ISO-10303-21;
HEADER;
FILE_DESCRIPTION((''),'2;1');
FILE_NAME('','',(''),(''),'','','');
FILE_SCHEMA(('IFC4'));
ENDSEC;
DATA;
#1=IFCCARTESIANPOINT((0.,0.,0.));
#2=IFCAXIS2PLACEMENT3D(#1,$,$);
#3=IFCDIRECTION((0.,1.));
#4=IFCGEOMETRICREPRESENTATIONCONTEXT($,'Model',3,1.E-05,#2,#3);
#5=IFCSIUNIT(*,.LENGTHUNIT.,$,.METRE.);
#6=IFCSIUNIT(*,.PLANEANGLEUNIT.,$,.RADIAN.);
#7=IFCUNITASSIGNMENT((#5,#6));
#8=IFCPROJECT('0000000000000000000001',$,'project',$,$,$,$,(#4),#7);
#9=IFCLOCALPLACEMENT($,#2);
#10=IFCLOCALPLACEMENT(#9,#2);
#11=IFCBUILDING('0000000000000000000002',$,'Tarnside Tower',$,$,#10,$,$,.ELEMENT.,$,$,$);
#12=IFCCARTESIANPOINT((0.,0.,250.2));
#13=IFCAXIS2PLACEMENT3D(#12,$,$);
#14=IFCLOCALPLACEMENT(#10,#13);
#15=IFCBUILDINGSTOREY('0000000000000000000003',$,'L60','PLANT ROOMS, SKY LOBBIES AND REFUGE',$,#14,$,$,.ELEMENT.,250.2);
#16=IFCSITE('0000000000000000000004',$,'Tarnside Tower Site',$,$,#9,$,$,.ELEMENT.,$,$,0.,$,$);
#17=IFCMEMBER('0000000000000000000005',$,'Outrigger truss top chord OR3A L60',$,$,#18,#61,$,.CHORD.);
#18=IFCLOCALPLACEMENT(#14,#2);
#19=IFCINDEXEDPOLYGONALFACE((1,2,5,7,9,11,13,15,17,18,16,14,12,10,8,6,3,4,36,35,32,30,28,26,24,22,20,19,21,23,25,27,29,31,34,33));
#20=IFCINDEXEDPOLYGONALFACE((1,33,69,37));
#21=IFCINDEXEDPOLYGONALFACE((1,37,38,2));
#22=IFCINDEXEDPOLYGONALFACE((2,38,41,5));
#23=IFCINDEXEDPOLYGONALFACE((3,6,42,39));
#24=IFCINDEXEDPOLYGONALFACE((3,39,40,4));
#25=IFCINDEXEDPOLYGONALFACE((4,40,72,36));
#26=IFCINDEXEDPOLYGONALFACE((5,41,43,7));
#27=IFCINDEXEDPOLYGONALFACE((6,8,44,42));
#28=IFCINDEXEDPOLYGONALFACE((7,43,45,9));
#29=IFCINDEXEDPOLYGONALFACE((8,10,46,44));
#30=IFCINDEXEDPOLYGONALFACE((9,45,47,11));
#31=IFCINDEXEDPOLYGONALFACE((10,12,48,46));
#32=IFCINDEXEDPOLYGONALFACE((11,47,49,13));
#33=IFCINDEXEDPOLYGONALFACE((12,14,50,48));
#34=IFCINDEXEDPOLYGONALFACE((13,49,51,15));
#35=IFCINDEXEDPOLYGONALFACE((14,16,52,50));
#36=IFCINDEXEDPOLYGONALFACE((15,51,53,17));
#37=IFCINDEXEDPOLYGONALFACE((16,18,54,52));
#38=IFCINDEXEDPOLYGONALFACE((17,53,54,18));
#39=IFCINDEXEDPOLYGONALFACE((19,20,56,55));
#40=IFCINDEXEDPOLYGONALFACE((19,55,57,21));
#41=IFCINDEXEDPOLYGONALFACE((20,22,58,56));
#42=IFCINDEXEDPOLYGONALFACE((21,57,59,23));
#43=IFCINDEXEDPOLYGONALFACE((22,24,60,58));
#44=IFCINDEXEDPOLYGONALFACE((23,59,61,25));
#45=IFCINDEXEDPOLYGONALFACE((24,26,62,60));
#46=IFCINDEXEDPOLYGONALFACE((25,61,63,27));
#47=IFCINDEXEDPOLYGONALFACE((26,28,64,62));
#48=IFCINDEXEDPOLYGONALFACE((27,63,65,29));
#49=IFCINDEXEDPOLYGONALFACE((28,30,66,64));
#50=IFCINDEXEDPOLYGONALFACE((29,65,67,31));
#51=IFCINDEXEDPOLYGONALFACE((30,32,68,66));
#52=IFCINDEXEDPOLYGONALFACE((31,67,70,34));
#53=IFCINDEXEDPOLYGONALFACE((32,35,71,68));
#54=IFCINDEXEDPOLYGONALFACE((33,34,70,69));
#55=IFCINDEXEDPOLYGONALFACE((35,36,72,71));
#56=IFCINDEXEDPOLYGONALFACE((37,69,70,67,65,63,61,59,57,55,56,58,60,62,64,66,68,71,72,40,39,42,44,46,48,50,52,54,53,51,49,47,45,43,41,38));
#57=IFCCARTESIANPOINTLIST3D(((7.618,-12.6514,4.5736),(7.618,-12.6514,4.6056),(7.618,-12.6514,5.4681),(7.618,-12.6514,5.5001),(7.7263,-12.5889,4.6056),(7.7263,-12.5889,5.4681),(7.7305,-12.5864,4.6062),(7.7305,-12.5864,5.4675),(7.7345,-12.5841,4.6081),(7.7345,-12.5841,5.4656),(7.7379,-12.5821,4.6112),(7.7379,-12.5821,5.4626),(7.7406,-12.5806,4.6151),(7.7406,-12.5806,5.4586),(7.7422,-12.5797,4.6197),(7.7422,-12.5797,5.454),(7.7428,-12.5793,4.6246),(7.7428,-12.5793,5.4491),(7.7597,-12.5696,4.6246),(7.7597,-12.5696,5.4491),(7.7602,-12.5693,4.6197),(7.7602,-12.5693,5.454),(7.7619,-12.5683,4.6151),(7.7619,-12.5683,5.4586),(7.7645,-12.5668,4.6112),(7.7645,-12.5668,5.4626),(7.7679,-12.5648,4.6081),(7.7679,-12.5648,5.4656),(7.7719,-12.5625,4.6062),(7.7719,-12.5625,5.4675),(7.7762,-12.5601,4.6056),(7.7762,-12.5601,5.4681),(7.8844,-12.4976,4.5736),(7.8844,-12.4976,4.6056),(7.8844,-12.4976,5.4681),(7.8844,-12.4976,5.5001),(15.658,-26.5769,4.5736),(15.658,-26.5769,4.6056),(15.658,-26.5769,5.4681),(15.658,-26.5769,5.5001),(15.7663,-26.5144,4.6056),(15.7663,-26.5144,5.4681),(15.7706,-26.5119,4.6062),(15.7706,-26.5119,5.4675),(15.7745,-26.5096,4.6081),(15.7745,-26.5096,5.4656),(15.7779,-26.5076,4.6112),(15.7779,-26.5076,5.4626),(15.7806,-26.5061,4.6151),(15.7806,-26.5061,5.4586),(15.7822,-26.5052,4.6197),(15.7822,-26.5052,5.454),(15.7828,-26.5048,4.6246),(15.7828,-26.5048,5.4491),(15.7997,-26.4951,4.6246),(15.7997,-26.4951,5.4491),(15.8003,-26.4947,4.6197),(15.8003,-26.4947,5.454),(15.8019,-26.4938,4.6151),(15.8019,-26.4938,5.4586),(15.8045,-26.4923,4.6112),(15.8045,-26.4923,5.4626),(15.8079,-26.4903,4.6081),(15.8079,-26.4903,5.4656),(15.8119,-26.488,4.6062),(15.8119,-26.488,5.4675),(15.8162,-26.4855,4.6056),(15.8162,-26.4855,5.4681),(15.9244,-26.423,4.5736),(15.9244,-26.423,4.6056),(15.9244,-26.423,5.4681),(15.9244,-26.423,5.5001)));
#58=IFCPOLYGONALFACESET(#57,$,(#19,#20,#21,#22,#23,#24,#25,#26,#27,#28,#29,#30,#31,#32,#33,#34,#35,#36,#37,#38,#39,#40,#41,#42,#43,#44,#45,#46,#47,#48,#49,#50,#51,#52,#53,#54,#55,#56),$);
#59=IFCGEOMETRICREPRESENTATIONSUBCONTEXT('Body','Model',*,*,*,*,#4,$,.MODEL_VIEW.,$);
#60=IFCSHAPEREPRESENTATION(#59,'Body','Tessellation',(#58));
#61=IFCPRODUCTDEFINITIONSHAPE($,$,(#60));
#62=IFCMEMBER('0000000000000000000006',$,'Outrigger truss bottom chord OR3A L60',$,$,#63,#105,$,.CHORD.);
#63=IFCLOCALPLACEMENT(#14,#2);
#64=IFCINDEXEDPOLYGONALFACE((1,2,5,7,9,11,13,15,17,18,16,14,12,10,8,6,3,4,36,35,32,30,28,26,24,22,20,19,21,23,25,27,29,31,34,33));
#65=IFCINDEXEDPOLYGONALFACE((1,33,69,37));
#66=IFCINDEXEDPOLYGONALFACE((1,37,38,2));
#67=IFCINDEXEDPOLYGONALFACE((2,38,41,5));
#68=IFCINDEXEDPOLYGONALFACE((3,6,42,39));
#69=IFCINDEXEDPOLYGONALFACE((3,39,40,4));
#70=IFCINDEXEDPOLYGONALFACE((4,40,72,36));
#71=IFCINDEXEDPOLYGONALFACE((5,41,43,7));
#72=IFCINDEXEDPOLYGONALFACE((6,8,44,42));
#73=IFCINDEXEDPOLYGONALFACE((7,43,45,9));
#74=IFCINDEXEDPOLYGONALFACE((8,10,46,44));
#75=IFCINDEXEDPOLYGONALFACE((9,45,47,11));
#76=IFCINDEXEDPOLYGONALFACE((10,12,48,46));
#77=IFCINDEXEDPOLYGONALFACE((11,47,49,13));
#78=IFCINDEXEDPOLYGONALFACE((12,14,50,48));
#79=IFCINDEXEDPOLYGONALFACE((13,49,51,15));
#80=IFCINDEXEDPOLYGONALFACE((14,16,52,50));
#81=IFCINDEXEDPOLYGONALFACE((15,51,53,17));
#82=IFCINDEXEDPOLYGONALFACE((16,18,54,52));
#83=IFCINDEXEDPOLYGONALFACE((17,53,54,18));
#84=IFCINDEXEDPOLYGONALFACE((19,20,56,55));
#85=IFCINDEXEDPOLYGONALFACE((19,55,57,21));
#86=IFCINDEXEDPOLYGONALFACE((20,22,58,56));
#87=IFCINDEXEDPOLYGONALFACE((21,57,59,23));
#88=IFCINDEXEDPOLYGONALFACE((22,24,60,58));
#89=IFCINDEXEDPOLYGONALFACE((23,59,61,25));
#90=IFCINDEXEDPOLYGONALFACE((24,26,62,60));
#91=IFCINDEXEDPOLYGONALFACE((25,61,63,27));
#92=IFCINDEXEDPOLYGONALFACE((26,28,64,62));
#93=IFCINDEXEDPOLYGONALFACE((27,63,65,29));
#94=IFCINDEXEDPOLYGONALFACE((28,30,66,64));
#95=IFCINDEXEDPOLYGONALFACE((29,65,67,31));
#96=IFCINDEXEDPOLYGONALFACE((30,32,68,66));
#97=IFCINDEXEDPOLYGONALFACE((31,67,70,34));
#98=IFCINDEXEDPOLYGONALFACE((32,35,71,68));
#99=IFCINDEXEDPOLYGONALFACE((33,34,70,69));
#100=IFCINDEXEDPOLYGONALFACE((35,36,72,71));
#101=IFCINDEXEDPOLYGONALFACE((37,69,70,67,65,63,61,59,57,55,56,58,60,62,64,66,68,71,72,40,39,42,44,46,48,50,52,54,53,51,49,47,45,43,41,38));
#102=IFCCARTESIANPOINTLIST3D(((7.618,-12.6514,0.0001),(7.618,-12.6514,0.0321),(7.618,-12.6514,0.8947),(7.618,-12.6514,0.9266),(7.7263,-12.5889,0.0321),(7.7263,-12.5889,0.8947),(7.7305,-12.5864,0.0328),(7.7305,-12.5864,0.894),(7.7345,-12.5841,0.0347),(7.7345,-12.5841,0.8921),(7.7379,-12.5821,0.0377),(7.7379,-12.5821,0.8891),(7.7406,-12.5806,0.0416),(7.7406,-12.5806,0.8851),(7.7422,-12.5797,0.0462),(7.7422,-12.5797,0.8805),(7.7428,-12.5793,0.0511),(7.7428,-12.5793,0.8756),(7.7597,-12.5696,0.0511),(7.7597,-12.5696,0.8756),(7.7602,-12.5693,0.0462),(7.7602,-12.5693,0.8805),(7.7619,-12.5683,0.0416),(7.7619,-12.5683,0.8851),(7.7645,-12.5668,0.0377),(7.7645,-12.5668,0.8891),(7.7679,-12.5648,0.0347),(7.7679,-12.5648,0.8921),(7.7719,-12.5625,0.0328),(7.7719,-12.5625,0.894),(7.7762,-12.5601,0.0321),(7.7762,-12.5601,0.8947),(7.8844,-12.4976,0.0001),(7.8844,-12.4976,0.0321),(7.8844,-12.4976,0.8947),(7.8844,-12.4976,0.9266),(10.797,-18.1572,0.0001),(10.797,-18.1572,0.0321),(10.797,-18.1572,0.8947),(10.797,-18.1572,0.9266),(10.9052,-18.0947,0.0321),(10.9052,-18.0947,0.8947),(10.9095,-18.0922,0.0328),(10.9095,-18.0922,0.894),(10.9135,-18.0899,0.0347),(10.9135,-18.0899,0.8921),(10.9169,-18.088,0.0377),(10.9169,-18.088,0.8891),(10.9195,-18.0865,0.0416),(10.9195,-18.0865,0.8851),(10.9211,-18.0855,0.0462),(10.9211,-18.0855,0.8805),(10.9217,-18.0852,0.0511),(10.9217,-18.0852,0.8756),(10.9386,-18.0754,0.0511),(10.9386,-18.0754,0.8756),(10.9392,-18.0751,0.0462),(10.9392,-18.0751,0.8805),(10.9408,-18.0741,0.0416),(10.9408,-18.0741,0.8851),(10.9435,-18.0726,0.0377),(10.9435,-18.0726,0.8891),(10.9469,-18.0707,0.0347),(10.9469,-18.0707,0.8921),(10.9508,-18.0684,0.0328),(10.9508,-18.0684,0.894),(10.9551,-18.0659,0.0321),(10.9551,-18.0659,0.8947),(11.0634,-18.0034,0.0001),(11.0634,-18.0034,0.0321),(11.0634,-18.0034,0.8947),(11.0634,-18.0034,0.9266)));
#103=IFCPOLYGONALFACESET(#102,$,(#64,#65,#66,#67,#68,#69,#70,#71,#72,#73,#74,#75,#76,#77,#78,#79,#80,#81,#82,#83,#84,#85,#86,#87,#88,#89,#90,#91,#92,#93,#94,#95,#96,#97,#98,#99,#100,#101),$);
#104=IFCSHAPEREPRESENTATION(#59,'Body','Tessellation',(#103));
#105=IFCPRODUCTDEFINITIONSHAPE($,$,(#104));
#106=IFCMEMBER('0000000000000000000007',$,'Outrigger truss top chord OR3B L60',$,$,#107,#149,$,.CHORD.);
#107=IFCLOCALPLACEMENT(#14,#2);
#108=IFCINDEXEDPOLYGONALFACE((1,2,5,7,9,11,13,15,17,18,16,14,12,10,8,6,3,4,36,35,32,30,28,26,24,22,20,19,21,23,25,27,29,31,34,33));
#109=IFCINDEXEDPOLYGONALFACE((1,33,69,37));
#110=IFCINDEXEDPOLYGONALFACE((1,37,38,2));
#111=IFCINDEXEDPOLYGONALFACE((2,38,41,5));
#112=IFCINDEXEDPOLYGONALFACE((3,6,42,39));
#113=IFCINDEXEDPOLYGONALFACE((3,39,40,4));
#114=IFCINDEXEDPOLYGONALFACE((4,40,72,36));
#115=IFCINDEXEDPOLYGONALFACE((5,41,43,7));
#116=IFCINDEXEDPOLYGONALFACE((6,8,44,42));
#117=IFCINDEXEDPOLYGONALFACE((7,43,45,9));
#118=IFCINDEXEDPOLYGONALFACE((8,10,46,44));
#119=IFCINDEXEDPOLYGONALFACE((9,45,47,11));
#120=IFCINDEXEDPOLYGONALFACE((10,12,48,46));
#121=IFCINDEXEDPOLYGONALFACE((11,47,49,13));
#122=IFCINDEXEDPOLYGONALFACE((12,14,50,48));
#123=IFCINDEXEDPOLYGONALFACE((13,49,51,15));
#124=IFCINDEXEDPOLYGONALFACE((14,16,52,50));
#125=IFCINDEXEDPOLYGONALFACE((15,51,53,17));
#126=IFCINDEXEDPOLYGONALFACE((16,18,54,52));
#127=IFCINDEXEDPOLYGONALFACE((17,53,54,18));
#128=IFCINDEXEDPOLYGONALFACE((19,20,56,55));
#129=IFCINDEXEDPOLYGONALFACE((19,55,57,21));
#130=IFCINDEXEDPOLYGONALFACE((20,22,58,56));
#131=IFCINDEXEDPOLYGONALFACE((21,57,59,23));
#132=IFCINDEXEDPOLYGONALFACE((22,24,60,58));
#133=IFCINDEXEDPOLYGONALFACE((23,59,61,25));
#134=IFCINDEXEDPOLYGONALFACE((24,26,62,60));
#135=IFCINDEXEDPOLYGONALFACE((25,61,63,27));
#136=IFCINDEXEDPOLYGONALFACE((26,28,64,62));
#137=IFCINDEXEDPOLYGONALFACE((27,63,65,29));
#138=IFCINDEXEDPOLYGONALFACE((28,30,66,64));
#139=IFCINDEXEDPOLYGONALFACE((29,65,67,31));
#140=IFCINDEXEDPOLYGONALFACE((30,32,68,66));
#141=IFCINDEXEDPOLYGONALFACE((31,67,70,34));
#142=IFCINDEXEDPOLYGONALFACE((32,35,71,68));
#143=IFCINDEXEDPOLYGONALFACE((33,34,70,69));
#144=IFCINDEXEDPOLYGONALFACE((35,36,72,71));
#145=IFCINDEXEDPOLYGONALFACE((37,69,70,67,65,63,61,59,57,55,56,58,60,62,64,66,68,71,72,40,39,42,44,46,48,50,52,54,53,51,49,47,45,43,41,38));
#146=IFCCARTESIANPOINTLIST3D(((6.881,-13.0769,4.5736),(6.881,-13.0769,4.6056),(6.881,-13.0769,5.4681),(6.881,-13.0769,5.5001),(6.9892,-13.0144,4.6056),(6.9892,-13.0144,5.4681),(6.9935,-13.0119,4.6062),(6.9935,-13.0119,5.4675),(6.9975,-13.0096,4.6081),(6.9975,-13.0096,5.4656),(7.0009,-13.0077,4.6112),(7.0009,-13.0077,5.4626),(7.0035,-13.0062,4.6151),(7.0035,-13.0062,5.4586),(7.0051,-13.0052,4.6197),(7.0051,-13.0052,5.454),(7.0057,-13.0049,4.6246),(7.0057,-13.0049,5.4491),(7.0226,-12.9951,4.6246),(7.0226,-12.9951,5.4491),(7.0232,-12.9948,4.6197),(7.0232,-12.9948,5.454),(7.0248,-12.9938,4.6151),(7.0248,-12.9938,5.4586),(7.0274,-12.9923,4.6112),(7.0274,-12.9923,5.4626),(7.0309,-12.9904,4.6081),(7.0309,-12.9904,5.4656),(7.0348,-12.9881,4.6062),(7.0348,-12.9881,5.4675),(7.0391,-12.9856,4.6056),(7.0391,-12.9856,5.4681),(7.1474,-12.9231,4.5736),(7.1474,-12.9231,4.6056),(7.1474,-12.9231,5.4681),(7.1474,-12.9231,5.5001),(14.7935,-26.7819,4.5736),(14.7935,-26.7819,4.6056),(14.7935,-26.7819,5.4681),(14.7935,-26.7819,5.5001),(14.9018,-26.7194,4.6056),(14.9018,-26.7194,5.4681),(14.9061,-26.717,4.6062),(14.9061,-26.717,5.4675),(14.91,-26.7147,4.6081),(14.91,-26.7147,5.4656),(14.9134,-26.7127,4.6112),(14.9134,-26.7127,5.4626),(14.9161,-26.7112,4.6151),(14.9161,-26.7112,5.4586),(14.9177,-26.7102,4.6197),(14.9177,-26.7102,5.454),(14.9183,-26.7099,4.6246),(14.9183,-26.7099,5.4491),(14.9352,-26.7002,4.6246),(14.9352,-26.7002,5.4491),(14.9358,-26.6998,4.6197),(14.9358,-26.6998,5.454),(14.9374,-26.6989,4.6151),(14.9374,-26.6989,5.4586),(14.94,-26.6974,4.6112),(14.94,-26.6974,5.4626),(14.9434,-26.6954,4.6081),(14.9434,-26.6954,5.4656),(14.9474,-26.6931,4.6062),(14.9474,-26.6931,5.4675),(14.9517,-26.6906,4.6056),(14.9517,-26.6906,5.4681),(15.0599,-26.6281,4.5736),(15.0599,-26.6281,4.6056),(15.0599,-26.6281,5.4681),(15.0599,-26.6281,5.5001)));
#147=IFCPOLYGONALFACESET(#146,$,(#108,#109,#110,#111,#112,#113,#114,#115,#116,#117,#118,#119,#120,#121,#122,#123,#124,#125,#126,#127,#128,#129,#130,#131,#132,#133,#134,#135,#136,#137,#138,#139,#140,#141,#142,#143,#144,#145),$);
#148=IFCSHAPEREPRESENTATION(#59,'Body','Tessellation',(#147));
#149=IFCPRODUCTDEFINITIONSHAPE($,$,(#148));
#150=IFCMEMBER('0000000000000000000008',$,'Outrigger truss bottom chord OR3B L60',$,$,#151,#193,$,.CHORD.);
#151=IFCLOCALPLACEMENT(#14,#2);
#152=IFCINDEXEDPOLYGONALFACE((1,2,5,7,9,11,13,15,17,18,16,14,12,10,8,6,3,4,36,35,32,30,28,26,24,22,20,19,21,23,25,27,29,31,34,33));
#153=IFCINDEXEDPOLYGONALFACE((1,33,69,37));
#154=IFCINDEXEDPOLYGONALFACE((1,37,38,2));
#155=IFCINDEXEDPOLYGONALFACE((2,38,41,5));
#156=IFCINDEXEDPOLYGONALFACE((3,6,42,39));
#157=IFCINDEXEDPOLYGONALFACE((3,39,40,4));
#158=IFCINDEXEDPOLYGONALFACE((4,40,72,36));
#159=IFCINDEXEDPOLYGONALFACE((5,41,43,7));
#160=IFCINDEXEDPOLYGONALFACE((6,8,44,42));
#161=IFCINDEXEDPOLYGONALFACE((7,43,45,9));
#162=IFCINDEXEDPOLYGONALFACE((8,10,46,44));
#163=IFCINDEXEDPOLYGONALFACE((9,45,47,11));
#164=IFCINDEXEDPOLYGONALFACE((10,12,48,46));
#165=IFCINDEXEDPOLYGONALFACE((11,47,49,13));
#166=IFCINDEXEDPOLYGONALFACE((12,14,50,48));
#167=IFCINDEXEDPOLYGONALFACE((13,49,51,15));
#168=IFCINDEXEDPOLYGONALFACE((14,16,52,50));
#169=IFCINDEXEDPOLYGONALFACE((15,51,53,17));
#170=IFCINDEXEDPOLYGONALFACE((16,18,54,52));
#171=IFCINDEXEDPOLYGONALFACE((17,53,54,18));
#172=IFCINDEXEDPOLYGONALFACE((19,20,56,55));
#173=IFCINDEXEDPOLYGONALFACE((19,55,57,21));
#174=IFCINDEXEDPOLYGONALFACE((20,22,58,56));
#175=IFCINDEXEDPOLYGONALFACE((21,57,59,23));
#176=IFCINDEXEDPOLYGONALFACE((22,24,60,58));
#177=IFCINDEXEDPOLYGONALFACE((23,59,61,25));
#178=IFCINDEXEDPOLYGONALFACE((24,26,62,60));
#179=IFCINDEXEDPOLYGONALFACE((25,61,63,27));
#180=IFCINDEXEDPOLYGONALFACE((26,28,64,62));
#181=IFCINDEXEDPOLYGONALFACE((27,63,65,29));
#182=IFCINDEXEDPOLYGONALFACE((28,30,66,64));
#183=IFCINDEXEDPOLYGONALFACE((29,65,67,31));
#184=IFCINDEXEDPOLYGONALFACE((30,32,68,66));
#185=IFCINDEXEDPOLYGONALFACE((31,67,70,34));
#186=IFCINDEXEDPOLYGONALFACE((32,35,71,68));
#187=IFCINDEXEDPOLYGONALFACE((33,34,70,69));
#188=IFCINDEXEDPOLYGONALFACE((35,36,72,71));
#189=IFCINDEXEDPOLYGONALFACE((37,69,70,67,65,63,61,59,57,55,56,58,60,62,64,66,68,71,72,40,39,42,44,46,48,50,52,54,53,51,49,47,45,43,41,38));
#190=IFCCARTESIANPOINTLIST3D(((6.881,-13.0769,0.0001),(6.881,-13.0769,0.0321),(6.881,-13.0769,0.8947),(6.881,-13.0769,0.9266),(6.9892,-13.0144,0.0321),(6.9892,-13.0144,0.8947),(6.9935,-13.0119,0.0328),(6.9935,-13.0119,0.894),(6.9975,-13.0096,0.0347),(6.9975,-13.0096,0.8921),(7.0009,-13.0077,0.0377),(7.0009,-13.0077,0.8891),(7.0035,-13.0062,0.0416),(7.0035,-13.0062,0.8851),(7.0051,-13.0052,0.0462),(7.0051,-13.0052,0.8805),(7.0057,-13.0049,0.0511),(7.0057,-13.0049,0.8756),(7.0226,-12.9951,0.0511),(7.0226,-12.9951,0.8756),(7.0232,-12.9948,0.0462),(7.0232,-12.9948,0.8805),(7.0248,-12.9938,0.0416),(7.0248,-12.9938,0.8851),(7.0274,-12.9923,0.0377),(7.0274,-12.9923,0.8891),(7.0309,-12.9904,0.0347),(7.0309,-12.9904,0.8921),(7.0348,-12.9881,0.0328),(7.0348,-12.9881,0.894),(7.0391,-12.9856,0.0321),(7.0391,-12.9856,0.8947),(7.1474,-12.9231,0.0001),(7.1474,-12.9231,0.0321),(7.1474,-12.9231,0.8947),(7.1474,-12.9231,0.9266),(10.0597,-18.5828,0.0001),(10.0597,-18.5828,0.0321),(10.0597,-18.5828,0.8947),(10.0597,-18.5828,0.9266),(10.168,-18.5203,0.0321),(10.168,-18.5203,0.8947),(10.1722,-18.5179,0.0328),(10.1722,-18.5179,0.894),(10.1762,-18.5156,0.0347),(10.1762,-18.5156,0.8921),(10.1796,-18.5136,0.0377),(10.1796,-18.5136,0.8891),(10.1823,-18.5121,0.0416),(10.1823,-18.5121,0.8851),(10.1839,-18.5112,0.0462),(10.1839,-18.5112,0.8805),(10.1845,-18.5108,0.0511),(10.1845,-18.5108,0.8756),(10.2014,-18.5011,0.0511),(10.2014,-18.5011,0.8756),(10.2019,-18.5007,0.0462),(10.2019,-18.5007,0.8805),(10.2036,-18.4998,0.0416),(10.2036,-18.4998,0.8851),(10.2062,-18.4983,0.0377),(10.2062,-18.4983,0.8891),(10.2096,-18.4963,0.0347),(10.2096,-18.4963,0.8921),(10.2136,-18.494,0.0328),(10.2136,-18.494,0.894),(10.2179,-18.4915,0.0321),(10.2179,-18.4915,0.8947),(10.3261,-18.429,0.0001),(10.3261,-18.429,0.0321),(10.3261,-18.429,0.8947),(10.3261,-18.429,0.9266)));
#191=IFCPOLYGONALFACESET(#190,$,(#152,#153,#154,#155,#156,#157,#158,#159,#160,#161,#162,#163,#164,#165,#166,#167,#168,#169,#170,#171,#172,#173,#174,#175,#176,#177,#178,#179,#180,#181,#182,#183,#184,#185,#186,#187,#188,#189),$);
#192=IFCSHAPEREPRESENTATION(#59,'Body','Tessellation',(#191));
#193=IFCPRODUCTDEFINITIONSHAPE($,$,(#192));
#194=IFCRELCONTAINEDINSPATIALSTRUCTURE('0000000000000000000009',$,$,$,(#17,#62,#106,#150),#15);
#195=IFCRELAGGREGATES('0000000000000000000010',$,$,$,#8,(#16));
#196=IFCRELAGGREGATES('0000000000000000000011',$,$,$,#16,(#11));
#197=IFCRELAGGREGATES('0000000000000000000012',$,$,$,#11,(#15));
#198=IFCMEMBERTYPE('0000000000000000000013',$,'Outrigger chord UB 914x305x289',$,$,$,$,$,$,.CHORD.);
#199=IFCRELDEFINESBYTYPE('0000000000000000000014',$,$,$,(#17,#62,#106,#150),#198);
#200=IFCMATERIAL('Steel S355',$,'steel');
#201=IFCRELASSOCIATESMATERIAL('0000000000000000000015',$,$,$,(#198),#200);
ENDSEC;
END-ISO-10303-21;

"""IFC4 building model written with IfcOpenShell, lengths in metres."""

from ifc_helpers import new_model, si_unit, direction, frame, origin, origin_2d, place, context, subcontext, project, spatial, i_section, extrude, material, material_profile, profile_set, type_object, element, save


model = new_model("IFC4")

# Units and contexts
model_context = context("Model", 3, precision=1e-05, world=origin(), true_north=direction((0.0, 1.0)))
body_context = subcontext(model_context, "Body", "Model", "MODEL_VIEW")
ifc_project = project(units=[si_unit("LENGTHUNIT", "METRE"), si_unit("PLANEANGLEUNIT", "RADIAN")], contexts=[model_context])

# Site, building, storey
site_placement = place(None, origin())
site = spatial("IfcSite", under=ifc_project, at=site_placement, Name="Tarnside Tower Site", CompositionType="ELEMENT", RefElevation=0.0)
building_placement = place(site_placement, origin())
building = spatial("IfcBuilding", under=site, at=building_placement, Name="Tarnside Tower", CompositionType="ELEMENT")
storey_placement = place(building_placement, frame((0.0, 0.0, 250.2)))
storey = spatial("IfcBuildingStorey", under=building, at=storey_placement, Name="L60", Description="PLANT ROOMS, SKY LOBBIES AND REFUGE", CompositionType="ELEMENT", Elevation=250.2)

# Members
ifc_material_1 = material(Name="Steel S355", Category="steel")
ifc_material_profile_1 = material_profile(ifc_material_1, i_section(OverallWidth=0.3076, OverallDepth=0.9265, WebThickness=0.0195, FlangeThickness=0.032, FilletRadius=0.019, at=origin_2d()), Name="UB 914x305x289")
ifc_profile_set_1 = profile_set([ifc_material_profile_1], Name="Steel S355")
member_type_1 = type_object("IfcMemberType", Name="Outrigger chord UB 914x305x289", PredefinedType="CHORD", material=ifc_profile_set_1)
member_1_placement = place(storey_placement, frame((7.7512, -12.5745, 5.0369), z_axis=(0.500006, -0.866022, 0.0), x_axis=(0.866022, 0.500006, 0.0)))
element("IfcMember", 1, at=member_1_placement, inside=storey, type_object=member_type_1, Name="Outrigger truss top chord OR3A L60", PredefinedType="CHORD", context=body_context, shape_type="SweptSolid", body=[
    extrude(i_section(OverallWidth=0.3076, OverallDepth=0.9265, WebThickness=0.0195, FlangeThickness=0.032, FilletRadius=0.019, at=origin_2d()), origin(), (0.0, 0.0, 1.0), 16.0798),
])
member_2_placement = place(storey_placement, frame((7.7512, -12.5745, 0.4634), z_axis=(0.500017, -0.866015, 0.0), x_axis=(0.866015, 0.500017, 0.0)))
element("IfcMember", 2, at=member_2_placement, inside=storey, type_object=member_type_1, Name="Outrigger truss bottom chord OR3A L60", PredefinedType="CHORD", context=body_context, shape_type="SweptSolid", body=[
    extrude(i_section(OverallWidth=0.3076, OverallDepth=0.9265, WebThickness=0.0195, FlangeThickness=0.032, FilletRadius=0.019, at=origin_2d()), origin(), (0.0, 0.0, 1.0), 6.3577),
])
member_3_placement = place(storey_placement, frame((7.0142, -13.0, 5.0369), z_axis=(0.499998, -0.866026, 0.0), x_axis=(0.866026, 0.499998, 0.0)))
element("IfcMember", 3, at=member_3_placement, inside=storey, type_object=member_type_1, Name="Outrigger truss top chord OR3B L60", PredefinedType="CHORD", context=body_context, shape_type="SweptSolid", body=[
    extrude(i_section(OverallWidth=0.3076, OverallDepth=0.9265, WebThickness=0.0195, FlangeThickness=0.032, FilletRadius=0.019, at=origin_2d()), origin(), (0.0, 0.0, 1.0), 15.8252),
])
member_4_placement = place(storey_placement, frame((7.0142, -13.0, 0.4634), z_axis=(0.499988, -0.866032, 0.0), x_axis=(0.866032, 0.499988, 0.0)))
element("IfcMember", 4, at=member_4_placement, inside=storey, type_object=member_type_1, Name="Outrigger truss bottom chord OR3B L60", PredefinedType="CHORD", context=body_context, shape_type="SweptSolid", body=[
    extrude(i_section(OverallWidth=0.3076, OverallDepth=0.9265, WebThickness=0.0195, FlangeThickness=0.032, FilletRadius=0.019, at=origin_2d()), origin(), (0.0, 0.0, 1.0), 6.3577),
])

save(model, "model.ifc")
